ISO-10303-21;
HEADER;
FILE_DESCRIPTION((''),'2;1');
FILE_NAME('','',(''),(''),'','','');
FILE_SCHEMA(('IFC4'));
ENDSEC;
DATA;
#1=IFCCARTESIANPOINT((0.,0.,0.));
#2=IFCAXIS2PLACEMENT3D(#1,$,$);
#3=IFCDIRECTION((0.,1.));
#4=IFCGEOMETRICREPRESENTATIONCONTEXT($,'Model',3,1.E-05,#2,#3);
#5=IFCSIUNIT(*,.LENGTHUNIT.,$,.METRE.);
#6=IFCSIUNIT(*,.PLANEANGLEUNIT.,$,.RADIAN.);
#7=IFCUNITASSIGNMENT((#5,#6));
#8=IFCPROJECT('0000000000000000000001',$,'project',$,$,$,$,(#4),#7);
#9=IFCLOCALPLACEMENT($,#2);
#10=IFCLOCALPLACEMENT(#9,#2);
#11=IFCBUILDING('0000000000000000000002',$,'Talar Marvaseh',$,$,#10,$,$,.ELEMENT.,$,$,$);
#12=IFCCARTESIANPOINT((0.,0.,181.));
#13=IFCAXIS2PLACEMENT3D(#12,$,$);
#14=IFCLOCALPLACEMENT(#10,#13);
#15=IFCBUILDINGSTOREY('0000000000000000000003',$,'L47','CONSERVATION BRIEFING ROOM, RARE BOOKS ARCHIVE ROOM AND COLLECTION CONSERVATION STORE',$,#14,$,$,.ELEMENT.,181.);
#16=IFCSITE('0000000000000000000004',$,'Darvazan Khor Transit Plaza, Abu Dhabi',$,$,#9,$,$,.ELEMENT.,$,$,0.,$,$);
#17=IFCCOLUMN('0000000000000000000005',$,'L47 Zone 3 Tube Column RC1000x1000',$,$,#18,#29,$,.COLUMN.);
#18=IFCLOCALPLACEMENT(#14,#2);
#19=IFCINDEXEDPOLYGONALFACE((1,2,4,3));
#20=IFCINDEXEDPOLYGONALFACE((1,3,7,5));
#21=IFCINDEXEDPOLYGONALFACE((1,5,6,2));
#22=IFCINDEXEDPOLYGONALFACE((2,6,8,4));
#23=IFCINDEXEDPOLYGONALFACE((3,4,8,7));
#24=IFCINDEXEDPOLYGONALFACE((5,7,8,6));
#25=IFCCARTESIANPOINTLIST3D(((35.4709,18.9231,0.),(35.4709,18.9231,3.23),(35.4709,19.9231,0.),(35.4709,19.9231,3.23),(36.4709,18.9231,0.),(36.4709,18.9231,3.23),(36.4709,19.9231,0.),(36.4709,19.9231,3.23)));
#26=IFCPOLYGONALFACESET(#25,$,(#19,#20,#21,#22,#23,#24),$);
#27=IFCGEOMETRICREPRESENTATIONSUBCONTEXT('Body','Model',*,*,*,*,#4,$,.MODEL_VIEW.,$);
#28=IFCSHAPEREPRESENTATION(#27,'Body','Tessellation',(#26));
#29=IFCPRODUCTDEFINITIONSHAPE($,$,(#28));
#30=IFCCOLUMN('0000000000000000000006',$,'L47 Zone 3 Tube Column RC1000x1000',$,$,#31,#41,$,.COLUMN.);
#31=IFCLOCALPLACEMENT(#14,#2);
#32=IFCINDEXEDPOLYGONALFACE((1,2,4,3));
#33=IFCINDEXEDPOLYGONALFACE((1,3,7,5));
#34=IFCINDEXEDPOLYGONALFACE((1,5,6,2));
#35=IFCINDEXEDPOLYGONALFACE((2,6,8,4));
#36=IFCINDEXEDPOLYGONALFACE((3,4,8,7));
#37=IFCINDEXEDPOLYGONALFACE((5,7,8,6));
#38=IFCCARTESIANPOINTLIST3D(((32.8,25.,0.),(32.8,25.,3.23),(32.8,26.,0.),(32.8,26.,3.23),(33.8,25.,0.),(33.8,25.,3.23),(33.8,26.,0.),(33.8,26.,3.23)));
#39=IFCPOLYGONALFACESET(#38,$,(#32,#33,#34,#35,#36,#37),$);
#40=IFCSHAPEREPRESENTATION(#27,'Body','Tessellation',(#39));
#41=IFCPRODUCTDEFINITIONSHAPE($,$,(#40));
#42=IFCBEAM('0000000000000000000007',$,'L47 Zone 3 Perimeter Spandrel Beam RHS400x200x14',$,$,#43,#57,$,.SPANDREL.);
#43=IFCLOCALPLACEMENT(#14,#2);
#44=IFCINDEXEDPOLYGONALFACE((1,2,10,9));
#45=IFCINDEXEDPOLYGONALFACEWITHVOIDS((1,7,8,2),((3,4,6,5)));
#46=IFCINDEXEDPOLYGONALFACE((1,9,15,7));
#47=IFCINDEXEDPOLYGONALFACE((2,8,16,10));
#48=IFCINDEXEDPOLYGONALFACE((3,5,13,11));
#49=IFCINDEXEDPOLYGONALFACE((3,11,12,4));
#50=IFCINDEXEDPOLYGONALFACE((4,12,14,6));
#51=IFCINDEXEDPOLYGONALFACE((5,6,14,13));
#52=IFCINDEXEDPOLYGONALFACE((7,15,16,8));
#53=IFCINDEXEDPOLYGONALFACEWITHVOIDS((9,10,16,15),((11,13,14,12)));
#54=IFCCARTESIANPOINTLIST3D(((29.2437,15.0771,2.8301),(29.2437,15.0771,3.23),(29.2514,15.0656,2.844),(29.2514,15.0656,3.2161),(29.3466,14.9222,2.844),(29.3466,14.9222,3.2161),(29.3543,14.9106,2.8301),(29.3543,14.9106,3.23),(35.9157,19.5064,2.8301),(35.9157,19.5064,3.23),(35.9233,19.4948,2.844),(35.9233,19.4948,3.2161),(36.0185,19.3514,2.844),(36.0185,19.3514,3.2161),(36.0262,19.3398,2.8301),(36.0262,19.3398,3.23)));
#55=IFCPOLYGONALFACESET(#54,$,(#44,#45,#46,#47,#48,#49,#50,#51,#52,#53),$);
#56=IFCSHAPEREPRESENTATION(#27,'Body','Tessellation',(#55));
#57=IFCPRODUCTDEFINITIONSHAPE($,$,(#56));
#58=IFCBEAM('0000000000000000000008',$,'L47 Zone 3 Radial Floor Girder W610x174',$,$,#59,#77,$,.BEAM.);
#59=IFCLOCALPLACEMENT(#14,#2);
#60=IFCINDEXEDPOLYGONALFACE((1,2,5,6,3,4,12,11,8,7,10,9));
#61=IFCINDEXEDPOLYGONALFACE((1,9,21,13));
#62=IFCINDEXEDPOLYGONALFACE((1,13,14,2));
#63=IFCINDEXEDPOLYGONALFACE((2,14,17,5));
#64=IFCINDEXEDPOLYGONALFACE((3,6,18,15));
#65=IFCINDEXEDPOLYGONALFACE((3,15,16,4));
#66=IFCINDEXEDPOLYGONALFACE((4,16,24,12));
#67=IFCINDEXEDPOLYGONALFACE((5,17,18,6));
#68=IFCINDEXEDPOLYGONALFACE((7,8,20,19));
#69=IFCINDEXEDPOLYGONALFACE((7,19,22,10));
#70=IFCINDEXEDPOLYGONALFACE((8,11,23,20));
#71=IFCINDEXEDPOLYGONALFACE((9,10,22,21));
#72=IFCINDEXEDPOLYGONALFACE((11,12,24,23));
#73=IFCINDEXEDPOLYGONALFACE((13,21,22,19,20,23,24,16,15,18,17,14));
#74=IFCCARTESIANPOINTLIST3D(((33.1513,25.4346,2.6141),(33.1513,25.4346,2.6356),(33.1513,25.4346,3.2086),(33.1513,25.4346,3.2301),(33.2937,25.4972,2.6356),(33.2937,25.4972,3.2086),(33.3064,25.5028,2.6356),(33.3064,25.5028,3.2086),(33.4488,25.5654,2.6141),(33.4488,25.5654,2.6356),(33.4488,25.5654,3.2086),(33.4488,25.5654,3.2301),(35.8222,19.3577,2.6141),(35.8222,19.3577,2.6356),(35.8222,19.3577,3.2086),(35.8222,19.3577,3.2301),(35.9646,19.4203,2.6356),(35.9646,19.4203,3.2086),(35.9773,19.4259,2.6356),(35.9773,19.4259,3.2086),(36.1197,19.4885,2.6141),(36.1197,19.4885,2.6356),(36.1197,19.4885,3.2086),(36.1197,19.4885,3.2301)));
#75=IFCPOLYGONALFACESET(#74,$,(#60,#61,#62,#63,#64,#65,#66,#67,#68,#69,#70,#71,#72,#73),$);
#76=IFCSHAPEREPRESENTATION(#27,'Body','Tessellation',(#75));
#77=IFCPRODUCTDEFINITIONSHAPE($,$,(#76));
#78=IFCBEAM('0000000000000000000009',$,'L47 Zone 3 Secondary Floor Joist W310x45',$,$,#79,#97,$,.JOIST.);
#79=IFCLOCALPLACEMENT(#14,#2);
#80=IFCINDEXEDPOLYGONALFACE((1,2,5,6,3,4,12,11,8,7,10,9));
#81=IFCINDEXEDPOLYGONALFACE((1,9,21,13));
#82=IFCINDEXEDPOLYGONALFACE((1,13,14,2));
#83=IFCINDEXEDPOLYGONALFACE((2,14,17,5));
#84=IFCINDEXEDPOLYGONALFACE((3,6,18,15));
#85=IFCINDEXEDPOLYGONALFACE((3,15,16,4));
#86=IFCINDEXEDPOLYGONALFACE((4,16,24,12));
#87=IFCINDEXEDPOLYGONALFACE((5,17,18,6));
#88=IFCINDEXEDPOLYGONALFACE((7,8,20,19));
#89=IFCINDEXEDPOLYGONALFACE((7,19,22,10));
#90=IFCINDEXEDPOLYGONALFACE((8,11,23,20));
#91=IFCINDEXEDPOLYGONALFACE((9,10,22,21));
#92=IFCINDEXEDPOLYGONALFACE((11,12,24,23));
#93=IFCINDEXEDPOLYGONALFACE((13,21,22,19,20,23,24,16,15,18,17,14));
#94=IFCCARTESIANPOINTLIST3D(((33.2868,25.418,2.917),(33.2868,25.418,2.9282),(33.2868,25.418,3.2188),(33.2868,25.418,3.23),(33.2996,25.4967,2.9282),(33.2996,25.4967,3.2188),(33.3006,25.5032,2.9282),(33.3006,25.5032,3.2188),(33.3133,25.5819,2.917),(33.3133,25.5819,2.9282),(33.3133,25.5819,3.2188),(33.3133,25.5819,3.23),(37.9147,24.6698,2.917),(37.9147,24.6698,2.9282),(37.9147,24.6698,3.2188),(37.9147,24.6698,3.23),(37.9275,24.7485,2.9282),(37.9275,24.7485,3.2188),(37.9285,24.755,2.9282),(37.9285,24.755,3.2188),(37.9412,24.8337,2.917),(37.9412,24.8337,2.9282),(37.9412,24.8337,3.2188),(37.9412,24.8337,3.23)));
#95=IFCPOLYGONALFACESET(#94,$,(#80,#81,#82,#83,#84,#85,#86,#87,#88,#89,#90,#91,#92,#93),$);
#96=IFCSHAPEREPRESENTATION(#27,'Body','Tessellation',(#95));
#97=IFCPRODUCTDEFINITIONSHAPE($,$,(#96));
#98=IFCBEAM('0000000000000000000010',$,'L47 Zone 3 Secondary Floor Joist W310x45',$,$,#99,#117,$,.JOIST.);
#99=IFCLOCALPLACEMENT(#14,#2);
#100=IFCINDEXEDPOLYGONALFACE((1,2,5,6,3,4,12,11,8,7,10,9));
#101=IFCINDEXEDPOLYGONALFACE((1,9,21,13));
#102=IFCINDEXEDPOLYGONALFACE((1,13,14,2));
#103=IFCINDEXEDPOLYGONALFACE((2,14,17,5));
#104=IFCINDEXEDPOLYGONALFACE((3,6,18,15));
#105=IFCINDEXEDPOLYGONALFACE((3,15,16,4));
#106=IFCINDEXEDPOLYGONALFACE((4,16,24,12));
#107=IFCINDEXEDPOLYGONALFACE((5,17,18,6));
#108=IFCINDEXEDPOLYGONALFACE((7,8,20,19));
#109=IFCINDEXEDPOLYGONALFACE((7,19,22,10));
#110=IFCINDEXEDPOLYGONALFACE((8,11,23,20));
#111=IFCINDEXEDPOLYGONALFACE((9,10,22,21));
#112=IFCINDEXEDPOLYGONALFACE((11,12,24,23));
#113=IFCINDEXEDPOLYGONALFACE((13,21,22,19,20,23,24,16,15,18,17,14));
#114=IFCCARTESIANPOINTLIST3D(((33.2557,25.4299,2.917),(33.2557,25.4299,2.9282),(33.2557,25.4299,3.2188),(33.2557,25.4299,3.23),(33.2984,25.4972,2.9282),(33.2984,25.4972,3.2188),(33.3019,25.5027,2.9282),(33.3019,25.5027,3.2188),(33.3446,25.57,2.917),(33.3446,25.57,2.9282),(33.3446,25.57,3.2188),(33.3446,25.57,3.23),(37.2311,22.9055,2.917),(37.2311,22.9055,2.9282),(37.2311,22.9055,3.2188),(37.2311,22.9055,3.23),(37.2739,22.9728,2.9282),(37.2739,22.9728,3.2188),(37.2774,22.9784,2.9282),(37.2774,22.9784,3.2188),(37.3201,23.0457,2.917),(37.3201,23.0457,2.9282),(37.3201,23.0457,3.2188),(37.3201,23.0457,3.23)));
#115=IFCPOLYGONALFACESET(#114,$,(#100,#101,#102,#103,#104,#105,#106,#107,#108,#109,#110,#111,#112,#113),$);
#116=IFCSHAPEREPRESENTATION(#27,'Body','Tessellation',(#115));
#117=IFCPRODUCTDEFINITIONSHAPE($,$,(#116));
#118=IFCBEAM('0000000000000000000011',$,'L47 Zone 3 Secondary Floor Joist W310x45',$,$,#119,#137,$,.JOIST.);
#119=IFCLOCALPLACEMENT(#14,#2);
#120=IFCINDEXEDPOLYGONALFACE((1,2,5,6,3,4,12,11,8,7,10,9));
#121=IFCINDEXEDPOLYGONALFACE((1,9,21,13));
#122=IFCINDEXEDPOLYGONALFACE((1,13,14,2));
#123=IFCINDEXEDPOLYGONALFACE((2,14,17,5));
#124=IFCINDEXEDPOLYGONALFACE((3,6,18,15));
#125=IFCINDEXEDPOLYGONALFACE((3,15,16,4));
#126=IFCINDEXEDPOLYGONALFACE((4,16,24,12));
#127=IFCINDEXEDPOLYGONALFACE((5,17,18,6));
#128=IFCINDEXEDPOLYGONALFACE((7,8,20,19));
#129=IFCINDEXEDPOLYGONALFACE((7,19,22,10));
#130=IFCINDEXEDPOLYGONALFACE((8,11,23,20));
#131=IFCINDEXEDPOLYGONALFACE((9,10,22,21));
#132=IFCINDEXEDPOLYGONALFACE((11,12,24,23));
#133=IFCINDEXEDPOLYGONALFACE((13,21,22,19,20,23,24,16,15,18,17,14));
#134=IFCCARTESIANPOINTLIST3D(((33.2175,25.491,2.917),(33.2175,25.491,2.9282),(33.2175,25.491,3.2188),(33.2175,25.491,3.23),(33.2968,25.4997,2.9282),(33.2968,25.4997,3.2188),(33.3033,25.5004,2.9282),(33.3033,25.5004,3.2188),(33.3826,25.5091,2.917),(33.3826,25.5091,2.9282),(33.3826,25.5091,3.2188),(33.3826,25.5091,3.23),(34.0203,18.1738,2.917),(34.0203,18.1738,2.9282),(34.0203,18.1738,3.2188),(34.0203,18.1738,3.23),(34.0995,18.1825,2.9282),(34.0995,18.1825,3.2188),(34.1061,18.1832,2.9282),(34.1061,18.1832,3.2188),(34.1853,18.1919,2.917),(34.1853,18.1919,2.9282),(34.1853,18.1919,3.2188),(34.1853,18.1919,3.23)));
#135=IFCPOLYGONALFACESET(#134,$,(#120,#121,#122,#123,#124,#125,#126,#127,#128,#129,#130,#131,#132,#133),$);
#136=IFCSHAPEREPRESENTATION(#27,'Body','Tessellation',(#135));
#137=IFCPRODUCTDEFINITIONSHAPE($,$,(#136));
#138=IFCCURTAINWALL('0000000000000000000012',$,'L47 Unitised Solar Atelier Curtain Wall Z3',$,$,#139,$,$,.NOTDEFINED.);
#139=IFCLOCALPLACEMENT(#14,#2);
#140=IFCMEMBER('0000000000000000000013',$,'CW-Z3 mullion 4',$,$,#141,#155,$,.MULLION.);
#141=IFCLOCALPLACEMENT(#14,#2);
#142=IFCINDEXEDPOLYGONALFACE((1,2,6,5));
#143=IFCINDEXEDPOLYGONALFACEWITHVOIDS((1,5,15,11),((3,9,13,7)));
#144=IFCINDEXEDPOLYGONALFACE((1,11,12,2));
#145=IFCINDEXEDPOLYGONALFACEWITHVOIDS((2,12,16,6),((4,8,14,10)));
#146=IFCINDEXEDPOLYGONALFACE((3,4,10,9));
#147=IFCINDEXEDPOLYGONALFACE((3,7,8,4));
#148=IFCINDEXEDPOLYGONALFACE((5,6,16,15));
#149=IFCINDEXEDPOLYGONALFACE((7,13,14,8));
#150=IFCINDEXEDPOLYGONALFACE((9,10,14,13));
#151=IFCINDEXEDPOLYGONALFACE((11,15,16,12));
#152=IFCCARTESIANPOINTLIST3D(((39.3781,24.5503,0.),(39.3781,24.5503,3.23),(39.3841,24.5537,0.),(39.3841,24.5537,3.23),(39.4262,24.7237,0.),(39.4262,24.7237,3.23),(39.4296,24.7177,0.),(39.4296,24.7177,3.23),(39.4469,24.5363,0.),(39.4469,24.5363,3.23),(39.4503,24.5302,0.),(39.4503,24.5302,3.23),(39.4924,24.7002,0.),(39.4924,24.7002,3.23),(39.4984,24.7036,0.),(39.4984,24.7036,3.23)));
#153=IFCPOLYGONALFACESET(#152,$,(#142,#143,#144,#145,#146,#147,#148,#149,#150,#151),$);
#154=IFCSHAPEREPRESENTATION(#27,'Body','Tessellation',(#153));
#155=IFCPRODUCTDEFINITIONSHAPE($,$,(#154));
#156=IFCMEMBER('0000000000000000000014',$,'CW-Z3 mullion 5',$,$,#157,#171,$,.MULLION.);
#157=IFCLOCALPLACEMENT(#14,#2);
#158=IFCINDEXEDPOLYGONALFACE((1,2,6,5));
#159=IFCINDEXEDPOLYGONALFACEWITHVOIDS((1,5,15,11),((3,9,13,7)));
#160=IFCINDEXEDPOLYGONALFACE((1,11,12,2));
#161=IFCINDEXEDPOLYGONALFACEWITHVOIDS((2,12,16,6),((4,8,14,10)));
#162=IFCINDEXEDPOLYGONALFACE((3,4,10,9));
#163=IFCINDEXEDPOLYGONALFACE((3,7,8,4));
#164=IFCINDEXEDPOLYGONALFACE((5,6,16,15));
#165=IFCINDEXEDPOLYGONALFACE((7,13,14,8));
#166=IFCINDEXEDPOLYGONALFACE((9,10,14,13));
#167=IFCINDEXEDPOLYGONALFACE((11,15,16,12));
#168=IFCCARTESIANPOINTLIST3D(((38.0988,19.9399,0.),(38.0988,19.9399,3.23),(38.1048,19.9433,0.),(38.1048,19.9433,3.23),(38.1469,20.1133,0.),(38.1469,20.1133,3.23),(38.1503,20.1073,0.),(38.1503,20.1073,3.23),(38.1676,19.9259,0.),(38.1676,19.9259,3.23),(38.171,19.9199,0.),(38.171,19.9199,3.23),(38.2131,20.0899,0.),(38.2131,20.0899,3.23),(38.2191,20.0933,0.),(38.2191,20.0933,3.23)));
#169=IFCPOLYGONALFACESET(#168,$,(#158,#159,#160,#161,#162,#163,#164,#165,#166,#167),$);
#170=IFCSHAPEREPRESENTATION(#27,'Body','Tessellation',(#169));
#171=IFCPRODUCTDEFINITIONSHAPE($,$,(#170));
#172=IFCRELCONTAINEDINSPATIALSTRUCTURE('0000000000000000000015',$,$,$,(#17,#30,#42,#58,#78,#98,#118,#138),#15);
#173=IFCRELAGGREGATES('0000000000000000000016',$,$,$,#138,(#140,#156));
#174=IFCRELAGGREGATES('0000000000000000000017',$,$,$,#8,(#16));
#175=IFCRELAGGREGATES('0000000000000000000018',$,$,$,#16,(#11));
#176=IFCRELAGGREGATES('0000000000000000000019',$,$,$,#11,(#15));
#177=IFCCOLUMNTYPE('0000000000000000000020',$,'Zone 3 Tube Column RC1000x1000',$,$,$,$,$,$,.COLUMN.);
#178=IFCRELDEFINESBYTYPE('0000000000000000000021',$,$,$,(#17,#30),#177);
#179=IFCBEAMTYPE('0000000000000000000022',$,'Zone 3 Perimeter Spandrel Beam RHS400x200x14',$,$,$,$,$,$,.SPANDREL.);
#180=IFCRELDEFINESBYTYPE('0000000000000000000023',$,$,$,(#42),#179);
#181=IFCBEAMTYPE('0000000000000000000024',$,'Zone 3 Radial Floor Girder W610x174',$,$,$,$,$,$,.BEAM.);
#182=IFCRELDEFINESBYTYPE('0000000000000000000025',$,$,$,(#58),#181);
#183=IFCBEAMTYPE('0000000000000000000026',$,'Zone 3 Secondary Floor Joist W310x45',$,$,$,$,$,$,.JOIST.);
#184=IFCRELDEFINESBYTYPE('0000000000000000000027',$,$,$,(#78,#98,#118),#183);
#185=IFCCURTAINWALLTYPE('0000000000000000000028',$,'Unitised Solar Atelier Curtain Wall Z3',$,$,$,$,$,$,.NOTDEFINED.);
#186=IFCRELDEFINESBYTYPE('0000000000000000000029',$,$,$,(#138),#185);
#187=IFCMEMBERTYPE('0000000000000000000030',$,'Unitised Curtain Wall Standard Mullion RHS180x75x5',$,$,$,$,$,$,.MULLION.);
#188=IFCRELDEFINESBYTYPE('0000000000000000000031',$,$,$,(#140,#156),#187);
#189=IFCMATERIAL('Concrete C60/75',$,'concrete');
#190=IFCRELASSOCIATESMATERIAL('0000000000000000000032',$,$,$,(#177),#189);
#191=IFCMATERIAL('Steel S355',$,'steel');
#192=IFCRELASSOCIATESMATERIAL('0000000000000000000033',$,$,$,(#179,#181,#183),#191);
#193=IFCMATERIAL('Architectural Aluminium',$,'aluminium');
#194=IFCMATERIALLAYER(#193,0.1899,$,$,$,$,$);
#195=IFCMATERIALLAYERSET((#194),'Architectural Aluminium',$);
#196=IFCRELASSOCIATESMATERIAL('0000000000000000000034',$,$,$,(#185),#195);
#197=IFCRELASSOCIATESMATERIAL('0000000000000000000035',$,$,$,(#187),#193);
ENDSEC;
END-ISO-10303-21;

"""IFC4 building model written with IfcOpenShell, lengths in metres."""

from ifc_helpers import new_model, si_unit, direction, frame, origin, origin_2d, place, context, subcontext, project, spatial, rectangle, hollow_rectangle, i_section, extrude, source, transform, mapped, material, layer, layer_set, material_profile, profile_set, type_object, type_shapes, element, aggregate, save


model = new_model("IFC4")

# Units and contexts
model_context = context("Model", 3, precision=1e-05, world=origin(), true_north=direction((0.0, 1.0)))
body_context = subcontext(model_context, "Body", "Model", "MODEL_VIEW")
ifc_project = project(units=[si_unit("LENGTHUNIT", "METRE"), si_unit("PLANEANGLEUNIT", "RADIAN")], contexts=[model_context])

# Site, building, storey
site_placement = place(None, origin())
site = spatial("IfcSite", under=ifc_project, at=site_placement, Name="Darvazan Khor Transit Plaza, Abu Dhabi", CompositionType="ELEMENT", RefElevation=0.0)
building_placement = place(site_placement, origin())
building = spatial("IfcBuilding", under=site, at=building_placement, Name="Talar Marvaseh", CompositionType="ELEMENT")
storey_placement = place(building_placement, frame((0.0, 0.0, 181.0)))
storey = spatial("IfcBuildingStorey", under=building, at=storey_placement, Name="L47", Description="CONSERVATION BRIEFING ROOM, RARE BOOKS ARCHIVE ROOM AND COLLECTION CONSERVATION STORE", CompositionType="ELEMENT", Elevation=181.0)

# Columns
ifc_material_1 = material(Name="Concrete C60/75", Category="concrete")
ifc_material_profile_1 = material_profile(ifc_material_1, rectangle(XDim=1.0, YDim=1.0, at=origin_2d()), Name="RC1000x1000")
ifc_profile_set_1 = profile_set([ifc_material_profile_1], Name="Concrete C60/75")
column_type = type_object("IfcColumnType", Name="Zone 3 Tube Column RC1000x1000", PredefinedType="COLUMN", material=ifc_profile_set_1)
for number, where, z_axis, x_axis, name in (
    (1, (35.9709, 19.4231, 0.0), (0.0, 0.0, 1.0), (1.0, 0.0, 0.0), "L47 Zone 3 Tube Column RC1000x1000"),
    (2, (33.3, 25.5, 0.0), (0.0, 0.0, 1.0), (1.0, 0.0, 0.0), "L47 Zone 3 Tube Column RC1000x1000"),
):
    element("IfcColumn", number, at=place(storey_placement, frame(where, z_axis=z_axis, x_axis=x_axis)), inside=storey, type_object=column_type, Name=name, PredefinedType="COLUMN", context=body_context, shape_type="SweptSolid", body=[
        extrude(rectangle(XDim=1.0, YDim=1.0, at=origin_2d()), origin(), (0.0, 0.0, 1.0), 3.23),
    ])

# Beams
ifc_material_2 = material(Name="Steel S355", Category="steel")
ifc_material_profile_2 = material_profile(ifc_material_2, hollow_rectangle(XDim=0.2, YDim=0.3999, WallThickness=0.0139, at=origin_2d()), Name="RHS400x200x14")
ifc_profile_set_2 = profile_set([ifc_material_profile_2], Name="Steel S355")
beam_type_1 = type_object("IfcBeamType", Name="Zone 3 Perimeter Spandrel Beam RHS400x200x14", PredefinedType="SPANDREL", material=ifc_profile_set_2)
beam_1_placement = place(storey_placement, frame((35.9709, 19.4231, 3.03), z_axis=(-0.833127, -0.553081, 0.0), x_axis=(0.553081, -0.833127, 0.0)))
element("IfcBeam", 3, at=beam_1_placement, inside=storey, type_object=beam_type_1, Name="L47 Zone 3 Perimeter Spandrel Beam RHS400x200x14", PredefinedType="SPANDREL", context=body_context, shape_type="SweptSolid", body=[
    extrude(hollow_rectangle(XDim=0.2, YDim=0.3999, WallThickness=0.0139, at=origin_2d()), origin(), (0.0, 0.0, 1.0), 8.0083),
])
ifc_material_profile_3 = material_profile(ifc_material_2, i_section(OverallWidth=0.325, OverallDepth=0.616, WebThickness=0.0139, FlangeThickness=0.0215, at=origin_2d()), Name="W610x174")
ifc_profile_set_3 = profile_set([ifc_material_profile_3], Name="Steel S355")
beam_type_2 = type_object("IfcBeamType", Name="Zone 3 Radial Floor Girder W610x174", PredefinedType="BEAM", material=ifc_profile_set_3)
beam_2_placement = place(storey_placement, frame((35.9709, 19.4231, 2.9221), z_axis=(-0.402368, 0.915478, 0.0), x_axis=(-0.915478, -0.402368, 0.0)))
element("IfcBeam", 4, at=beam_2_placement, inside=storey, type_object=beam_type_2, Name="L47 Zone 3 Radial Floor Girder W610x174", PredefinedType="BEAM", context=body_context, shape_type="SweptSolid", body=[
    extrude(i_section(OverallWidth=0.325, OverallDepth=0.616, WebThickness=0.0139, FlangeThickness=0.0215, at=origin_2d()), origin(), (0.0, 0.0, 1.0), 6.6379),
])
ifc_material_profile_4 = material_profile(ifc_material_2, i_section(OverallWidth=0.166, OverallDepth=0.313, WebThickness=0.0066, FlangeThickness=0.0112, at=origin_2d()), Name="W310x45")
ifc_profile_set_4 = profile_set([ifc_material_profile_4], Name="Steel S355")
beam_type_3 = type_object("IfcBeamType", Name="Zone 3 Secondary Floor Joist W310x45", PredefinedType="JOIST", material=ifc_profile_set_4)
beam_3_placement = place(storey_placement, frame((37.928, 24.7517, 3.0735), z_axis=(-0.987179, 0.159617, 0.0), x_axis=(-0.159617, -0.987179, 0.0)))
element("IfcBeam", 5, at=beam_3_placement, inside=storey, type_object=beam_type_3, Name="L47 Zone 3 Secondary Floor Joist W310x45", PredefinedType="JOIST", context=body_context, shape_type="SweptSolid", body=[
    extrude(i_section(OverallWidth=0.166, OverallDepth=0.313, WebThickness=0.0066, FlangeThickness=0.0112, at=origin_2d()), origin(), (0.0, 0.0, 1.0), 4.688),
])
beam_4_placement = place(storey_placement, frame((37.2756, 22.9756, 3.0735), z_axis=(-0.84419, 0.536043, 0.0), x_axis=(-0.536043, -0.84419, 0.0)))
element("IfcBeam", 6, at=beam_4_placement, inside=storey, type_object=beam_type_3, Name="L47 Zone 3 Secondary Floor Joist W310x45", PredefinedType="JOIST", context=body_context, shape_type="SweptSolid", body=[
    extrude(i_section(OverallWidth=0.166, OverallDepth=0.313, WebThickness=0.0066, FlangeThickness=0.0112, at=origin_2d()), origin(), (0.0, 0.0, 1.0), 4.7092),
])
beam_5_placement = place(storey_placement, frame((34.1028, 18.1829, 3.0735), z_axis=(-0.109052, 0.994036, 0.0), x_axis=(-0.994036, -0.109052, 0.0)))
element("IfcBeam", 7, at=beam_5_placement, inside=storey, type_object=beam_type_3, Name="L47 Zone 3 Secondary Floor Joist W310x45", PredefinedType="JOIST", context=body_context, shape_type="SweptSolid", body=[
    extrude(i_section(OverallWidth=0.166, OverallDepth=0.313, WebThickness=0.0066, FlangeThickness=0.0112, at=origin_2d()), origin(), (0.0, 0.0, 1.0), 7.3611),
])

# Curtain wall, members
ifc_material_3 = material(Name="Architectural Aluminium", Category="aluminium")
ifc_layer_1 = layer(ifc_material_3, 0.1899)
ifc_layer_set_1 = layer_set([ifc_layer_1], Name="Architectural Aluminium")
curtain_wall_type = type_object("IfcCurtainWallType", Name="Unitised Solar Atelier Curtain Wall Z3", PredefinedType="NOTDEFINED", material=ifc_layer_set_1)
curtain_wall_placement = place(storey_placement, origin())
curtain_wall = element("IfcCurtainWall", 8, at=curtain_wall_placement, inside=storey, type_object=curtain_wall_type, Name="L47 Unitised Solar Atelier Curtain Wall Z3", PredefinedType="NOTDEFINED")
ifc_material_profile_5 = material_profile(ifc_material_3, hollow_rectangle(XDim=0.075, YDim=0.1799, WallThickness=0.0049, at=origin_2d()), Name="RHS180x75x5")
ifc_profile_set_5 = profile_set([ifc_material_profile_5], Name="Architectural Aluminium")
member_type_1 = type_object("IfcMemberType", Name="Unitised Curtain Wall Standard Mullion RHS180x75x5", PredefinedType="MULLION", material=ifc_profile_set_5)
shared_shape_1 = source(origin(), body_context, "Body", "SweptSolid", [
    extrude(hollow_rectangle(XDim=0.075, YDim=0.1799, WallThickness=0.0049, at=origin_2d()), origin(), (0.0, 0.0, 1.0), 3.23),
])
type_shapes(member_type_1, [shared_shape_1])
member_1_placement = place(storey_placement, frame((39.4382, 24.627, 0.0), z_axis=(0.0, 0.0, 1.0), x_axis=(0.963589, -0.267386, 0.0)))
member_1 = element("IfcMember", 9, at=member_1_placement, type_object=member_type_1, Name="CW-Z3 mullion 4", PredefinedType="MULLION", context=body_context, shape_type="MappedRepresentation", body=[
    mapped(shared_shape_1, transform((0.0, 0.0, 0.0), x_axis=(1.0, 0.0, 0.0), y_axis=(0.0, 1.0, 0.0), z_axis=(0.0, 0.0, 1.0), scale=1.0)),
])
member_2_placement = place(storey_placement, frame((38.1589, 20.0166, 0.0), z_axis=(0.0, 0.0, 1.0), x_axis=(0.963589, -0.267386, 0.0)))
member_2 = element("IfcMember", 10, at=member_2_placement, type_object=member_type_1, Name="CW-Z3 mullion 5", PredefinedType="MULLION", context=body_context, shape_type="MappedRepresentation", body=[
    mapped(shared_shape_1, transform((0.0, 0.0, 0.0), x_axis=(1.0, 0.0, 0.0), y_axis=(0.0, 1.0, 0.0), z_axis=(0.0, 0.0, 1.0), scale=1.0)),
])
aggregate(curtain_wall, [member_1, member_2])

save(model, "model.ifc")
